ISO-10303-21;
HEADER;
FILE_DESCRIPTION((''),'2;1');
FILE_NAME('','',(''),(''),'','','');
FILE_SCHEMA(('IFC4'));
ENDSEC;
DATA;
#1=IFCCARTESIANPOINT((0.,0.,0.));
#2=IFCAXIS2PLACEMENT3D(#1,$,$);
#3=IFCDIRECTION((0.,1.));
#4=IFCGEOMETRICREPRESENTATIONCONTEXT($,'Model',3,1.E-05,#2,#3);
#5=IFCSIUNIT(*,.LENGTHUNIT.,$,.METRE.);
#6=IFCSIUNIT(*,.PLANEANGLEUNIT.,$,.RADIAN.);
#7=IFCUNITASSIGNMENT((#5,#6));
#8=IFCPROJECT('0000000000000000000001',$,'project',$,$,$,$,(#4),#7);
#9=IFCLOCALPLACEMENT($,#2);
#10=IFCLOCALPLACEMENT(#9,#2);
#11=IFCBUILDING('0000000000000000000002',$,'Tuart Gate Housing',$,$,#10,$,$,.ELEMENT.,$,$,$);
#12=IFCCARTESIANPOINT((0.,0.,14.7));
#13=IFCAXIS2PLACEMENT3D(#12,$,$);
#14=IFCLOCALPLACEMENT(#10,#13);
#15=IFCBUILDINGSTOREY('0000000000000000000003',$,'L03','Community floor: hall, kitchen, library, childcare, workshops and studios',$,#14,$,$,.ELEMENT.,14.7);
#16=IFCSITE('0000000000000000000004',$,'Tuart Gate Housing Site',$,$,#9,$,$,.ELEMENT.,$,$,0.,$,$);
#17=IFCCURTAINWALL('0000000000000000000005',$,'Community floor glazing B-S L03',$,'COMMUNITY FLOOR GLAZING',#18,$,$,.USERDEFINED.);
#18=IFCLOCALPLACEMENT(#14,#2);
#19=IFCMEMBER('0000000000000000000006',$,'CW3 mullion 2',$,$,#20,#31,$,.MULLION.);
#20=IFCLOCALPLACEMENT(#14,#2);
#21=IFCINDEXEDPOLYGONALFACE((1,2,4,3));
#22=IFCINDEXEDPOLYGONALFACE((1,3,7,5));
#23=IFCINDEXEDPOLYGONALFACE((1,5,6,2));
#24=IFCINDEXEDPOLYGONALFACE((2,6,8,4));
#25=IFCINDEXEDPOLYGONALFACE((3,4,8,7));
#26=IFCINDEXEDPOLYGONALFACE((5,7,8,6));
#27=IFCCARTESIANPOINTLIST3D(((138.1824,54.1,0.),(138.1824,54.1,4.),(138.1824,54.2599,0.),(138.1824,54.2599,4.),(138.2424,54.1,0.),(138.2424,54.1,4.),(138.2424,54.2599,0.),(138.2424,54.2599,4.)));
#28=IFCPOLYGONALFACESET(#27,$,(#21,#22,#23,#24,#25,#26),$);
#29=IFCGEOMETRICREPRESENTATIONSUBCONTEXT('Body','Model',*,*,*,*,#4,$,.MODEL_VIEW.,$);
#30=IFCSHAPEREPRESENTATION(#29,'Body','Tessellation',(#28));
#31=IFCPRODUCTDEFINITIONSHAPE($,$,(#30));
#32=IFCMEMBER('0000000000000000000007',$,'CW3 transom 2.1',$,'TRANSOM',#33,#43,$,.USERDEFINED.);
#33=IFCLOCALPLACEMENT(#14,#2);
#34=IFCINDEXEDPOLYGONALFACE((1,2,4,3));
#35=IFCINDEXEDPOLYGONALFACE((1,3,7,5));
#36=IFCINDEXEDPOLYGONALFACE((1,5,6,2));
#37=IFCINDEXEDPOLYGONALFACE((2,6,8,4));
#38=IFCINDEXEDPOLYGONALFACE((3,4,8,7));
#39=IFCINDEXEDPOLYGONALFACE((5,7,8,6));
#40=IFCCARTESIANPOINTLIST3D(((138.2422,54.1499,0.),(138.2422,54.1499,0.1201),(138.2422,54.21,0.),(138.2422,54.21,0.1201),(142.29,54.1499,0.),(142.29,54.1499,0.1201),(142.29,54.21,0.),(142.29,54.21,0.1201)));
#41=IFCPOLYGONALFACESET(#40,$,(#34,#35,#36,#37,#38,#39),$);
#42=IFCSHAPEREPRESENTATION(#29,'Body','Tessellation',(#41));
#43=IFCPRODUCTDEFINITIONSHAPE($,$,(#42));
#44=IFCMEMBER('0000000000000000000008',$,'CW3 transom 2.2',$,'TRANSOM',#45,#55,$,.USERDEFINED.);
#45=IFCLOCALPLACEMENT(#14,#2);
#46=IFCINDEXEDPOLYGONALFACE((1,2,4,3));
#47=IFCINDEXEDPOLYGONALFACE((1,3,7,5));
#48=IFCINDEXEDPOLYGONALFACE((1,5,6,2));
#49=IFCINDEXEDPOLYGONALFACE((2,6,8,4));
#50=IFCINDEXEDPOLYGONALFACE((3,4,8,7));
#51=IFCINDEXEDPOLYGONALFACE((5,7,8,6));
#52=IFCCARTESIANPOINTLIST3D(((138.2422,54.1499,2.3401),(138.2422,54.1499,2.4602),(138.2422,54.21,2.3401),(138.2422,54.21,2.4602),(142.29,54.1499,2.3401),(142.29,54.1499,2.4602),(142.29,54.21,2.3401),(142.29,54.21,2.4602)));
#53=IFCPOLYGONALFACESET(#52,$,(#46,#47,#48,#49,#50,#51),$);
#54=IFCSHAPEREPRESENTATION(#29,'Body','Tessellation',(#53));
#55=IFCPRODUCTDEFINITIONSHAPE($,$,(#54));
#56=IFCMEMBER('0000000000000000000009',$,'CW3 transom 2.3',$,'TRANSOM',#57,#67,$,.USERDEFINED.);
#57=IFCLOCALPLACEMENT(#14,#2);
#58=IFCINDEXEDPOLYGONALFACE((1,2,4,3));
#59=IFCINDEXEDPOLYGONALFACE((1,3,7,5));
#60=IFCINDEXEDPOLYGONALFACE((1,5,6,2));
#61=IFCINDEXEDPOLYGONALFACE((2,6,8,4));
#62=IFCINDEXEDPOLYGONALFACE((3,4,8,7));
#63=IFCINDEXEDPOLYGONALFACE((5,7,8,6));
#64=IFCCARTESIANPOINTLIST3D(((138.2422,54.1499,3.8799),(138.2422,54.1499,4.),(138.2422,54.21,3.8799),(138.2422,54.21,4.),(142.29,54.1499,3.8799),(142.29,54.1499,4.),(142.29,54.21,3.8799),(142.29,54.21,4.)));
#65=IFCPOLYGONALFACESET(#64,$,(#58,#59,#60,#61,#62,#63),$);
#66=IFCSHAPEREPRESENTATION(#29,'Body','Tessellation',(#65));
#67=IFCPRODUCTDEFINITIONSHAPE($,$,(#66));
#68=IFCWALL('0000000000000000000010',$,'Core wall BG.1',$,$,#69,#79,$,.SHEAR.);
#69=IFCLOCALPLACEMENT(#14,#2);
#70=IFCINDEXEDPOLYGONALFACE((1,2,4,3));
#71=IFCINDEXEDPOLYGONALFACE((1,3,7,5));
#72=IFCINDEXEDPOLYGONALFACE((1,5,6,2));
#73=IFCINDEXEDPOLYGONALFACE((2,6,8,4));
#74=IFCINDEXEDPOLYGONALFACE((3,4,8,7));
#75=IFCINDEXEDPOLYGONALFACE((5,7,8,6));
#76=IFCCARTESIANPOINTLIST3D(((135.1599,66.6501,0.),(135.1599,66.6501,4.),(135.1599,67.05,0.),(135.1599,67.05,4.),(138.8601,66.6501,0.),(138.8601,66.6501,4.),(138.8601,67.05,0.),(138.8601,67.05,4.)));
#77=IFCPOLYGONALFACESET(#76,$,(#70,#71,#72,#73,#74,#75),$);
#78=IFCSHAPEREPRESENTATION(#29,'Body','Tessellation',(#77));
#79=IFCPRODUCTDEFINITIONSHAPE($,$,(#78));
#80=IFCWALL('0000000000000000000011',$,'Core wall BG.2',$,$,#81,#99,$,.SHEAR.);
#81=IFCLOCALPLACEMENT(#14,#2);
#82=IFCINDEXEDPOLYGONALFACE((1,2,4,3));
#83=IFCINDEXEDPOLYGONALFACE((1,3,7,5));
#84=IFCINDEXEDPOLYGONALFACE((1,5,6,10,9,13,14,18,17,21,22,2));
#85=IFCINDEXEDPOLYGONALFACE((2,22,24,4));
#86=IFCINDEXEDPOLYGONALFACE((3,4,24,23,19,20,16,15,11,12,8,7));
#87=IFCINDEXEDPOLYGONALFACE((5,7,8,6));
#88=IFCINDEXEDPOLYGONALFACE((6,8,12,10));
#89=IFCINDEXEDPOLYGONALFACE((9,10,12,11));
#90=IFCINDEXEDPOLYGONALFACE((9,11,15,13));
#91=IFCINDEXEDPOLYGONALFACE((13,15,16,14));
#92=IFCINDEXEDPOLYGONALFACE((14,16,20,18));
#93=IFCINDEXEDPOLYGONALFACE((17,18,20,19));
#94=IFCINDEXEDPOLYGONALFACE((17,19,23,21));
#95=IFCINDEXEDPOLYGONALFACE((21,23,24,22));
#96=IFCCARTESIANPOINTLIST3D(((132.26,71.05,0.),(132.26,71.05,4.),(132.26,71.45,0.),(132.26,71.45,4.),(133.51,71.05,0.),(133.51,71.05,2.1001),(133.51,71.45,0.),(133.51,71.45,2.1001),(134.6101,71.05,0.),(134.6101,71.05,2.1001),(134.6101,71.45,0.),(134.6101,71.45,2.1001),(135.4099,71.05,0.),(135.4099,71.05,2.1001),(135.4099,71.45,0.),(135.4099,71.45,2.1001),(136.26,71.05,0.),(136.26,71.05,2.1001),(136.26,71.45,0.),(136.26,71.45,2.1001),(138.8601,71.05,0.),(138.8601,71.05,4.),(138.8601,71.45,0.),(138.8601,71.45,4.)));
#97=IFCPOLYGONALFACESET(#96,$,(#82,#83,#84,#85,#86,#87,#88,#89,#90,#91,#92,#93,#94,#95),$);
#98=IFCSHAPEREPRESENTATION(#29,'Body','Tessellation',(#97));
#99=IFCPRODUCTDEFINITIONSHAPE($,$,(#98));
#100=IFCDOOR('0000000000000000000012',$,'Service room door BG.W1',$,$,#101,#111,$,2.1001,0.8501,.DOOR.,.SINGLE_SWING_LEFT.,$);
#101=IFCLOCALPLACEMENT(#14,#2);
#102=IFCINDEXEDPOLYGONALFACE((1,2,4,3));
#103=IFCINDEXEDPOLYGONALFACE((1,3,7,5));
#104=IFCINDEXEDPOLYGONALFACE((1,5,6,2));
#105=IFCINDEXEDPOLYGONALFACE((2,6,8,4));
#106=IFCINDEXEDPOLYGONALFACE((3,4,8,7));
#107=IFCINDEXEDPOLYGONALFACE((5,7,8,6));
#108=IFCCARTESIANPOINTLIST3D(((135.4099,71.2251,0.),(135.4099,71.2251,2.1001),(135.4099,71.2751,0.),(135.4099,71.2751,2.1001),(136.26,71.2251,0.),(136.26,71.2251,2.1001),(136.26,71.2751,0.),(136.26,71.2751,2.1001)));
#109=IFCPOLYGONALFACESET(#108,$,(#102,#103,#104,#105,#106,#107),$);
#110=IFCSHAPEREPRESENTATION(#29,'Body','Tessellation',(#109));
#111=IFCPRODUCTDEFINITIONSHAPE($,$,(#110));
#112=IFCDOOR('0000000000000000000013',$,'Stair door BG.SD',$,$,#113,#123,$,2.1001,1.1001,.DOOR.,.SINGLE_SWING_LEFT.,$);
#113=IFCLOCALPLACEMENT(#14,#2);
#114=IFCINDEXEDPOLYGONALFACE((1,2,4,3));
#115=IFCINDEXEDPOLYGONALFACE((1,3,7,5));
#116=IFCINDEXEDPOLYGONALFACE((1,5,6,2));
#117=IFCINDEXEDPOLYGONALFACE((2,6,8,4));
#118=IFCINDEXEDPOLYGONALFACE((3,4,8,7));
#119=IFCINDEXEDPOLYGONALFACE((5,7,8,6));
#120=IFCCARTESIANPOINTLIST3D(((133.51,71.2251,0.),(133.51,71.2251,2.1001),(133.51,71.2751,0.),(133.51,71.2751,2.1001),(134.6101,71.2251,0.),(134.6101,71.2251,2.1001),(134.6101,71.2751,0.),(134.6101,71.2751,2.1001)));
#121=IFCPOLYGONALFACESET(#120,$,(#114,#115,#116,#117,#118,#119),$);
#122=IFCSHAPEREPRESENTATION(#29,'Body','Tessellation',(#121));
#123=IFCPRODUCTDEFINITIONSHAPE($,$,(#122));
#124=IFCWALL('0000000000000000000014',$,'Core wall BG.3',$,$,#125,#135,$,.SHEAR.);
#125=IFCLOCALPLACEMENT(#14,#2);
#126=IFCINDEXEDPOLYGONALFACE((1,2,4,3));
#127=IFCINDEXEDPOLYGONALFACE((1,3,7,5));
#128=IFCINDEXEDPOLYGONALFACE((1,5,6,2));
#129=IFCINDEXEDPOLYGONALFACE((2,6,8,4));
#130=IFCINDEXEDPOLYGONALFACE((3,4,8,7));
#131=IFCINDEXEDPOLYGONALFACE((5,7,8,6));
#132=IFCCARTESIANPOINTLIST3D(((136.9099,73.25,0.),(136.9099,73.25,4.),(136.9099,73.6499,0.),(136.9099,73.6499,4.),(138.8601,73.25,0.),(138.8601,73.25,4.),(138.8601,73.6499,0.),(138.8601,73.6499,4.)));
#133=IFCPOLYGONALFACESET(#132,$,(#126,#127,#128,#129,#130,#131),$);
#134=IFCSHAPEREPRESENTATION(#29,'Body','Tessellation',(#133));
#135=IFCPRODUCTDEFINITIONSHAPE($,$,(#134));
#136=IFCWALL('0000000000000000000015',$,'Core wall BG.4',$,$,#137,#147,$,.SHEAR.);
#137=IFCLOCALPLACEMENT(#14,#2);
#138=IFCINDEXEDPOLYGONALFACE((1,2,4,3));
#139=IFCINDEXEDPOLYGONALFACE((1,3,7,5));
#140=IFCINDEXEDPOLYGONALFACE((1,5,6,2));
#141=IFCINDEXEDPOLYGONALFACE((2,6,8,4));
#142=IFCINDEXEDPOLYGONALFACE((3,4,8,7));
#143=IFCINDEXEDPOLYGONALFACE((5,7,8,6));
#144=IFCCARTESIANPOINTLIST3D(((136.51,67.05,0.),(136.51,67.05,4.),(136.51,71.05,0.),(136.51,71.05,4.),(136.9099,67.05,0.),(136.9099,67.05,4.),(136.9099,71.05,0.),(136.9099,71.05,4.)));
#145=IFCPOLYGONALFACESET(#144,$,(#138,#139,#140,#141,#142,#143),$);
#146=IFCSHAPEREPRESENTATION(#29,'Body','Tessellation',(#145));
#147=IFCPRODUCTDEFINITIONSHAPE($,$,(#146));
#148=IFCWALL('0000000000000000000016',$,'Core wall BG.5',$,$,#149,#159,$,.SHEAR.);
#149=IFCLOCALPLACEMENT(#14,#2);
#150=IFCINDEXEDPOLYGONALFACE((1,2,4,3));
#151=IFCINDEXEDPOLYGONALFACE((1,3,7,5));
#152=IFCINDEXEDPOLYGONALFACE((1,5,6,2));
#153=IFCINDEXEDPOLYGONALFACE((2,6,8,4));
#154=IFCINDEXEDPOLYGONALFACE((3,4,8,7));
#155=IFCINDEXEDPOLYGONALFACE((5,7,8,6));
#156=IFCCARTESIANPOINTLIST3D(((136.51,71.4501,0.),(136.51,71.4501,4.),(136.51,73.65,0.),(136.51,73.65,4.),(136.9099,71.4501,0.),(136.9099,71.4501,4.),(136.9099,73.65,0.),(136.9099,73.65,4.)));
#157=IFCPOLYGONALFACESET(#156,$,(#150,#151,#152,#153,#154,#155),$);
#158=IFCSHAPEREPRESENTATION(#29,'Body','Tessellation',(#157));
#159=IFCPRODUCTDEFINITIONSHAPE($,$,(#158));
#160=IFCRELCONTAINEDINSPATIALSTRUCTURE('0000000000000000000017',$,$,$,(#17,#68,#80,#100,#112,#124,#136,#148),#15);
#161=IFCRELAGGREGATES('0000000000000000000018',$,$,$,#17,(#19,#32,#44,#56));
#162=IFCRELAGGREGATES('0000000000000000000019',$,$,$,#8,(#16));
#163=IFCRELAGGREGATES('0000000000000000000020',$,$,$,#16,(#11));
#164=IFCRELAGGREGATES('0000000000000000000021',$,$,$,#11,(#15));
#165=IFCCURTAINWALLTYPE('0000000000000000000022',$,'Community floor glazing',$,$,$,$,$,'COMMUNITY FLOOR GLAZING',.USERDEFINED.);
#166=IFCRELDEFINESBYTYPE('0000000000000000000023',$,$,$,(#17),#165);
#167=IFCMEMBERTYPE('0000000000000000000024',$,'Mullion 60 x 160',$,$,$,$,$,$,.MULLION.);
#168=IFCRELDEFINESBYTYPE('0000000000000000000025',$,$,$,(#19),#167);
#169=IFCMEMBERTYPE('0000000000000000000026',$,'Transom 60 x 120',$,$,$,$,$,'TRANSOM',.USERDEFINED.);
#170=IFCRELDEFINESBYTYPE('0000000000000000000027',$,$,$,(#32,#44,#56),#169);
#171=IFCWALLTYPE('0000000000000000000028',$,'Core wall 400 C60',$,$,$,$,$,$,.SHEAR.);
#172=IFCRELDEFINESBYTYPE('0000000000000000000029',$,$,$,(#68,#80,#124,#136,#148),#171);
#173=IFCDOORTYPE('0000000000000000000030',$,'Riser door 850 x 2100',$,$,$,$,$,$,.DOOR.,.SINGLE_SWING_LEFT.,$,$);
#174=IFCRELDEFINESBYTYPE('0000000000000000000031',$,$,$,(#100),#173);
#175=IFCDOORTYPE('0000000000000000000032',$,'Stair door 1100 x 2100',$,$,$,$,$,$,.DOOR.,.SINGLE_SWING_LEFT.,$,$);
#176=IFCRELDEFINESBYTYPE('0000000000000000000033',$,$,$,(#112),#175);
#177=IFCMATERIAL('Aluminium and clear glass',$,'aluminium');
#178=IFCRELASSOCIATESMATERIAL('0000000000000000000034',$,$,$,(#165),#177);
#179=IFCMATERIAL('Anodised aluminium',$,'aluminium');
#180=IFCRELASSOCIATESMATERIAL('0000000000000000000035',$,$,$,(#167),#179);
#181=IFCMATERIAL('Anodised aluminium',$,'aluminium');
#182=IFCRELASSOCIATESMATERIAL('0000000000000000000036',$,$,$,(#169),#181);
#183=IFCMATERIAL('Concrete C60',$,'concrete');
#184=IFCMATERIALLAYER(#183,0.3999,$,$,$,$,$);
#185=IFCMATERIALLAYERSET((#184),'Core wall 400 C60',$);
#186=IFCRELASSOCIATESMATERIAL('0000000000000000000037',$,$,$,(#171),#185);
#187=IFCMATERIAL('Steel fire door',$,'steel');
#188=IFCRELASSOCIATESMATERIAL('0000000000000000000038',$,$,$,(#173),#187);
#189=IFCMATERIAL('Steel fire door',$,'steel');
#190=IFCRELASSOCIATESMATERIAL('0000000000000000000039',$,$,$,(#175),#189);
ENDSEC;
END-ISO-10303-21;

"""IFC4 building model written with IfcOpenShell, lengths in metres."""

from ifc_helpers import new_model, si_unit, direction, frame, frame_2d, origin, origin_2d, place, context, subcontext, project, spatial, rectangle, extrude, material, layer, layer_set, material_profile, profile_set, type_object, element, fill, aggregate, save


model = new_model("IFC4")

# Units and contexts
model_context = context("Model", 3, precision=1e-05, world=origin(), true_north=direction((0.0, 1.0)))
body_context = subcontext(model_context, "Body", "Model", "MODEL_VIEW")
ifc_project = project(units=[si_unit("LENGTHUNIT", "METRE"), si_unit("PLANEANGLEUNIT", "RADIAN")], contexts=[model_context])

# Site, building, storey
site_placement = place(None, origin())
site = spatial("IfcSite", under=ifc_project, at=site_placement, Name="Tuart Gate Housing Site", CompositionType="ELEMENT", RefElevation=0.0)
building_placement = place(site_placement, origin())
building = spatial("IfcBuilding", under=site, at=building_placement, Name="Tuart Gate Housing", CompositionType="ELEMENT")
storey_placement = place(building_placement, frame((0.0, 0.0, 14.7)))
storey = spatial("IfcBuildingStorey", under=building, at=storey_placement, Name="L03", Description="Community floor: hall, kitchen, library, childcare, workshops and studios", CompositionType="ELEMENT", Elevation=14.7)

# Curtain wall, members
ifc_material_1 = material(Name="Aluminium and clear glass", Category="aluminium")
curtain_wall_type = type_object("IfcCurtainWallType", Name="Community floor glazing", ElementType="COMMUNITY FLOOR GLAZING", PredefinedType="USERDEFINED", material=ifc_material_1)
curtain_wall_placement = place(storey_placement, origin())
curtain_wall = element("IfcCurtainWall", 1, at=curtain_wall_placement, inside=storey, type_object=curtain_wall_type, Name="Community floor glazing B-S L03", ObjectType="COMMUNITY FLOOR GLAZING", PredefinedType="USERDEFINED")
ifc_material_2 = material(Name="Anodised aluminium", Category="aluminium")
ifc_material_profile_1 = material_profile(ifc_material_2, rectangle(XDim=0.0601, YDim=0.1599, at=origin_2d()), Name="60x160")
ifc_profile_set_1 = profile_set([ifc_material_profile_1], Name="Anodised aluminium")
member_type_1 = type_object("IfcMemberType", Name="Mullion 60 x 160", PredefinedType="MULLION", material=ifc_profile_set_1)
member_1_placement = place(storey_placement, frame((138.2124, 54.1799, 0.0), z_axis=(0.0, 0.0, 1.0), x_axis=(1.0, 0.0, 0.0)))
member_1 = element("IfcMember", 2, at=member_1_placement, type_object=member_type_1, Name="CW3 mullion 2", PredefinedType="MULLION", context=body_context, shape_type="SweptSolid", body=[
    extrude(rectangle(XDim=0.0601, YDim=0.1599, at=origin_2d()), origin(), (0.0, 0.0, 1.0), 4.0),
])
ifc_material_3 = material(Name="Anodised aluminium", Category="aluminium")
ifc_material_profile_2 = material_profile(ifc_material_3, rectangle(XDim=0.0601, YDim=0.1201, at=origin_2d()), Name="60x120")
ifc_profile_set_2 = profile_set([ifc_material_profile_2], Name="Anodised aluminium")
member_type_2 = type_object("IfcMemberType", Name="Transom 60 x 120", ElementType="TRANSOM", PredefinedType="USERDEFINED", material=ifc_profile_set_2)
member_2_placement = place(storey_placement, frame((138.2422, 54.1799, 0.0601), z_axis=(1.0, 0.0, 0.0), x_axis=(0.0, 1.0, 0.0)))
member_2 = element("IfcMember", 3, at=member_2_placement, type_object=member_type_2, Name="CW3 transom 2.1", ObjectType="TRANSOM", PredefinedType="USERDEFINED", context=body_context, shape_type="SweptSolid", body=[
    extrude(rectangle(XDim=0.0601, YDim=0.1201, at=origin_2d()), origin(), (0.0, 0.0, 1.0), 4.0479),
])
member_3_placement = place(storey_placement, frame((138.2422, 54.1799, 2.4001), z_axis=(1.0, 0.0, 0.0), x_axis=(0.0, 1.0, 0.0)))
member_3 = element("IfcMember", 4, at=member_3_placement, type_object=member_type_2, Name="CW3 transom 2.2", ObjectType="TRANSOM", PredefinedType="USERDEFINED", context=body_context, shape_type="SweptSolid", body=[
    extrude(rectangle(XDim=0.0601, YDim=0.1201, at=origin_2d()), origin(), (0.0, 0.0, 1.0), 4.0479),
])
member_4_placement = place(storey_placement, frame((138.2422, 54.1799, 3.9399), z_axis=(1.0, 0.0, 0.0), x_axis=(0.0, 1.0, 0.0)))
member_4 = element("IfcMember", 5, at=member_4_placement, type_object=member_type_2, Name="CW3 transom 2.3", ObjectType="TRANSOM", PredefinedType="USERDEFINED", context=body_context, shape_type="SweptSolid", body=[
    extrude(rectangle(XDim=0.0601, YDim=0.1201, at=origin_2d()), origin(), (0.0, 0.0, 1.0), 4.0479),
])
aggregate(curtain_wall, [member_1, member_2, member_3, member_4])

# Wall
ifc_material_4 = material(Name="Concrete C60", Category="concrete")
ifc_layer_1 = layer(ifc_material_4, 0.3999)
ifc_layer_set_1 = layer_set([ifc_layer_1], Name="Core wall 400 C60")
wall_type_1 = type_object("IfcWallType", Name="Core wall 400 C60", PredefinedType="SHEAR", material=ifc_layer_set_1)
wall_1_placement = place(storey_placement, frame((138.8601, 66.8501, 0.0), z_axis=(0.0, 0.0, 1.0), x_axis=(-1.0, 0.0, 0.0)))
element("IfcWall", 6, at=wall_1_placement, inside=storey, type_object=wall_type_1, Name="Core wall BG.1", PredefinedType="SHEAR", context=body_context, shape_type="SweptSolid", body=[
    extrude(rectangle(XDim=3.7002, YDim=0.3999, at=frame_2d((1.8501, 0.0))), origin(), (0.0, 0.0, 1.0), 4.0),
])

# Wall, openings, doors
wall_2_placement = place(storey_placement, frame((138.8601, 71.25, 0.0), z_axis=(0.0, 0.0, 1.0), x_axis=(-1.0, 0.0, 0.0)))
wall_2 = element("IfcWall", 7, at=wall_2_placement, inside=storey, type_object=wall_type_1, Name="Core wall BG.2", PredefinedType="SHEAR", context=body_context, shape_type="SweptSolid", body=[
    extrude(rectangle(XDim=6.6001, YDim=0.3999, at=frame_2d((3.3, 0.0))), origin(), (0.0, 0.0, 1.0), 4.0),
])
opening_1_placement = place(wall_2_placement, frame((4.25, 0.0, 0.0)))
opening_1 = element("IfcOpeningElement", 8, at=opening_1_placement, cuts=wall_2, PredefinedType="OPENING", context=body_context, shape_type="SweptSolid", body=[
    extrude(rectangle(XDim=1.1001, YDim=2.1001, at=frame_2d((0.55, 1.05))), frame((0.0, 0.21, 0.0), z_axis=(0.0, -1.0, 0.0), x_axis=(1.0, 0.0, 0.0)), (0.0, 0.0, 1.0), 0.4199),
])
opening_2_placement = place(wall_2_placement, frame((2.6001, 0.0, 0.0)))
opening_2 = element("IfcOpeningElement", 9, at=opening_2_placement, cuts=wall_2, PredefinedType="OPENING", context=body_context, shape_type="SweptSolid", body=[
    extrude(rectangle(XDim=0.8501, YDim=2.1001, at=frame_2d((0.425, 1.05))), frame((0.0, 0.21, 0.0), z_axis=(0.0, -1.0, 0.0), x_axis=(1.0, 0.0, 0.0)), (0.0, 0.0, 1.0), 0.4199),
])
ifc_material_5 = material(Name="Steel fire door", Category="steel")
door_type_1 = type_object("IfcDoorType", Name="Riser door 850 x 2100", OperationType="SINGLE_SWING_LEFT", PredefinedType="DOOR", material=ifc_material_5)
door_1_placement = place(opening_2_placement, origin())
door_1 = element("IfcDoor", 10, at=door_1_placement, inside=storey, type_object=door_type_1, Name="Service room door BG.W1", OperationType="SINGLE_SWING_LEFT", OverallHeight=2.1001, OverallWidth=0.8501, PredefinedType="DOOR", context=body_context, shape_type="SweptSolid", body=[
    extrude(rectangle(XDim=0.8501, YDim=2.1001, at=frame_2d((0.425, 1.05))), frame((0.0, 0.0249, 0.0), z_axis=(0.0, -1.0, 0.0), x_axis=(1.0, 0.0, 0.0)), (0.0, 0.0, 1.0), 0.05),
])
fill(opening_2, door_1)
ifc_material_6 = material(Name="Steel fire door", Category="steel")
door_type_2 = type_object("IfcDoorType", Name="Stair door 1100 x 2100", OperationType="SINGLE_SWING_LEFT", PredefinedType="DOOR", material=ifc_material_6)
door_2_placement = place(opening_1_placement, origin())
door_2 = element("IfcDoor", 11, at=door_2_placement, inside=storey, type_object=door_type_2, Name="Stair door BG.SD", OperationType="SINGLE_SWING_LEFT", OverallHeight=2.1001, OverallWidth=1.1001, PredefinedType="DOOR", context=body_context, shape_type="SweptSolid", body=[
    extrude(rectangle(XDim=1.1001, YDim=2.1001, at=frame_2d((0.55, 1.05))), frame((0.0, 0.0249, 0.0), z_axis=(0.0, -1.0, 0.0), x_axis=(1.0, 0.0, 0.0)), (0.0, 0.0, 1.0), 0.05),
])
fill(opening_1, door_2)

# Walls
wall_3_placement = place(storey_placement, frame((138.8601, 73.45, 0.0), z_axis=(0.0, 0.0, 1.0), x_axis=(-1.0, 0.0, 0.0)))
element("IfcWall", 12, at=wall_3_placement, inside=storey, type_object=wall_type_1, Name="Core wall BG.3", PredefinedType="SHEAR", context=body_context, shape_type="SweptSolid", body=[
    extrude(rectangle(XDim=1.9502, YDim=0.3999, at=frame_2d((0.9751, 0.0))), origin(), (0.0, 0.0, 1.0), 4.0),
])
wall_4_placement = place(storey_placement, frame((136.71, 67.05, 0.0), z_axis=(0.0, 0.0, 1.0), x_axis=(0.0, 1.0, 0.0)))
element("IfcWall", 13, at=wall_4_placement, inside=storey, type_object=wall_type_1, Name="Core wall BG.4", PredefinedType="SHEAR", context=body_context, shape_type="SweptSolid", body=[
    extrude(rectangle(XDim=4.0, YDim=0.3999, at=frame_2d((2.0, 0.0))), origin(), (0.0, 0.0, 1.0), 4.0),
])
wall_5_placement = place(storey_placement, frame((136.71, 71.45, 0.0), z_axis=(0.0, 0.0, 1.0), x_axis=(0.0, 1.0, 0.0)))
element("IfcWall", 14, at=wall_5_placement, inside=storey, type_object=wall_type_1, Name="Core wall BG.5", PredefinedType="SHEAR", context=body_context, shape_type="SweptSolid", body=[
    extrude(rectangle(XDim=2.2, YDim=0.3999, at=frame_2d((1.1001, 0.0))), origin(), (0.0, 0.0, 1.0), 4.0),
])

save(model, "model.ifc")
